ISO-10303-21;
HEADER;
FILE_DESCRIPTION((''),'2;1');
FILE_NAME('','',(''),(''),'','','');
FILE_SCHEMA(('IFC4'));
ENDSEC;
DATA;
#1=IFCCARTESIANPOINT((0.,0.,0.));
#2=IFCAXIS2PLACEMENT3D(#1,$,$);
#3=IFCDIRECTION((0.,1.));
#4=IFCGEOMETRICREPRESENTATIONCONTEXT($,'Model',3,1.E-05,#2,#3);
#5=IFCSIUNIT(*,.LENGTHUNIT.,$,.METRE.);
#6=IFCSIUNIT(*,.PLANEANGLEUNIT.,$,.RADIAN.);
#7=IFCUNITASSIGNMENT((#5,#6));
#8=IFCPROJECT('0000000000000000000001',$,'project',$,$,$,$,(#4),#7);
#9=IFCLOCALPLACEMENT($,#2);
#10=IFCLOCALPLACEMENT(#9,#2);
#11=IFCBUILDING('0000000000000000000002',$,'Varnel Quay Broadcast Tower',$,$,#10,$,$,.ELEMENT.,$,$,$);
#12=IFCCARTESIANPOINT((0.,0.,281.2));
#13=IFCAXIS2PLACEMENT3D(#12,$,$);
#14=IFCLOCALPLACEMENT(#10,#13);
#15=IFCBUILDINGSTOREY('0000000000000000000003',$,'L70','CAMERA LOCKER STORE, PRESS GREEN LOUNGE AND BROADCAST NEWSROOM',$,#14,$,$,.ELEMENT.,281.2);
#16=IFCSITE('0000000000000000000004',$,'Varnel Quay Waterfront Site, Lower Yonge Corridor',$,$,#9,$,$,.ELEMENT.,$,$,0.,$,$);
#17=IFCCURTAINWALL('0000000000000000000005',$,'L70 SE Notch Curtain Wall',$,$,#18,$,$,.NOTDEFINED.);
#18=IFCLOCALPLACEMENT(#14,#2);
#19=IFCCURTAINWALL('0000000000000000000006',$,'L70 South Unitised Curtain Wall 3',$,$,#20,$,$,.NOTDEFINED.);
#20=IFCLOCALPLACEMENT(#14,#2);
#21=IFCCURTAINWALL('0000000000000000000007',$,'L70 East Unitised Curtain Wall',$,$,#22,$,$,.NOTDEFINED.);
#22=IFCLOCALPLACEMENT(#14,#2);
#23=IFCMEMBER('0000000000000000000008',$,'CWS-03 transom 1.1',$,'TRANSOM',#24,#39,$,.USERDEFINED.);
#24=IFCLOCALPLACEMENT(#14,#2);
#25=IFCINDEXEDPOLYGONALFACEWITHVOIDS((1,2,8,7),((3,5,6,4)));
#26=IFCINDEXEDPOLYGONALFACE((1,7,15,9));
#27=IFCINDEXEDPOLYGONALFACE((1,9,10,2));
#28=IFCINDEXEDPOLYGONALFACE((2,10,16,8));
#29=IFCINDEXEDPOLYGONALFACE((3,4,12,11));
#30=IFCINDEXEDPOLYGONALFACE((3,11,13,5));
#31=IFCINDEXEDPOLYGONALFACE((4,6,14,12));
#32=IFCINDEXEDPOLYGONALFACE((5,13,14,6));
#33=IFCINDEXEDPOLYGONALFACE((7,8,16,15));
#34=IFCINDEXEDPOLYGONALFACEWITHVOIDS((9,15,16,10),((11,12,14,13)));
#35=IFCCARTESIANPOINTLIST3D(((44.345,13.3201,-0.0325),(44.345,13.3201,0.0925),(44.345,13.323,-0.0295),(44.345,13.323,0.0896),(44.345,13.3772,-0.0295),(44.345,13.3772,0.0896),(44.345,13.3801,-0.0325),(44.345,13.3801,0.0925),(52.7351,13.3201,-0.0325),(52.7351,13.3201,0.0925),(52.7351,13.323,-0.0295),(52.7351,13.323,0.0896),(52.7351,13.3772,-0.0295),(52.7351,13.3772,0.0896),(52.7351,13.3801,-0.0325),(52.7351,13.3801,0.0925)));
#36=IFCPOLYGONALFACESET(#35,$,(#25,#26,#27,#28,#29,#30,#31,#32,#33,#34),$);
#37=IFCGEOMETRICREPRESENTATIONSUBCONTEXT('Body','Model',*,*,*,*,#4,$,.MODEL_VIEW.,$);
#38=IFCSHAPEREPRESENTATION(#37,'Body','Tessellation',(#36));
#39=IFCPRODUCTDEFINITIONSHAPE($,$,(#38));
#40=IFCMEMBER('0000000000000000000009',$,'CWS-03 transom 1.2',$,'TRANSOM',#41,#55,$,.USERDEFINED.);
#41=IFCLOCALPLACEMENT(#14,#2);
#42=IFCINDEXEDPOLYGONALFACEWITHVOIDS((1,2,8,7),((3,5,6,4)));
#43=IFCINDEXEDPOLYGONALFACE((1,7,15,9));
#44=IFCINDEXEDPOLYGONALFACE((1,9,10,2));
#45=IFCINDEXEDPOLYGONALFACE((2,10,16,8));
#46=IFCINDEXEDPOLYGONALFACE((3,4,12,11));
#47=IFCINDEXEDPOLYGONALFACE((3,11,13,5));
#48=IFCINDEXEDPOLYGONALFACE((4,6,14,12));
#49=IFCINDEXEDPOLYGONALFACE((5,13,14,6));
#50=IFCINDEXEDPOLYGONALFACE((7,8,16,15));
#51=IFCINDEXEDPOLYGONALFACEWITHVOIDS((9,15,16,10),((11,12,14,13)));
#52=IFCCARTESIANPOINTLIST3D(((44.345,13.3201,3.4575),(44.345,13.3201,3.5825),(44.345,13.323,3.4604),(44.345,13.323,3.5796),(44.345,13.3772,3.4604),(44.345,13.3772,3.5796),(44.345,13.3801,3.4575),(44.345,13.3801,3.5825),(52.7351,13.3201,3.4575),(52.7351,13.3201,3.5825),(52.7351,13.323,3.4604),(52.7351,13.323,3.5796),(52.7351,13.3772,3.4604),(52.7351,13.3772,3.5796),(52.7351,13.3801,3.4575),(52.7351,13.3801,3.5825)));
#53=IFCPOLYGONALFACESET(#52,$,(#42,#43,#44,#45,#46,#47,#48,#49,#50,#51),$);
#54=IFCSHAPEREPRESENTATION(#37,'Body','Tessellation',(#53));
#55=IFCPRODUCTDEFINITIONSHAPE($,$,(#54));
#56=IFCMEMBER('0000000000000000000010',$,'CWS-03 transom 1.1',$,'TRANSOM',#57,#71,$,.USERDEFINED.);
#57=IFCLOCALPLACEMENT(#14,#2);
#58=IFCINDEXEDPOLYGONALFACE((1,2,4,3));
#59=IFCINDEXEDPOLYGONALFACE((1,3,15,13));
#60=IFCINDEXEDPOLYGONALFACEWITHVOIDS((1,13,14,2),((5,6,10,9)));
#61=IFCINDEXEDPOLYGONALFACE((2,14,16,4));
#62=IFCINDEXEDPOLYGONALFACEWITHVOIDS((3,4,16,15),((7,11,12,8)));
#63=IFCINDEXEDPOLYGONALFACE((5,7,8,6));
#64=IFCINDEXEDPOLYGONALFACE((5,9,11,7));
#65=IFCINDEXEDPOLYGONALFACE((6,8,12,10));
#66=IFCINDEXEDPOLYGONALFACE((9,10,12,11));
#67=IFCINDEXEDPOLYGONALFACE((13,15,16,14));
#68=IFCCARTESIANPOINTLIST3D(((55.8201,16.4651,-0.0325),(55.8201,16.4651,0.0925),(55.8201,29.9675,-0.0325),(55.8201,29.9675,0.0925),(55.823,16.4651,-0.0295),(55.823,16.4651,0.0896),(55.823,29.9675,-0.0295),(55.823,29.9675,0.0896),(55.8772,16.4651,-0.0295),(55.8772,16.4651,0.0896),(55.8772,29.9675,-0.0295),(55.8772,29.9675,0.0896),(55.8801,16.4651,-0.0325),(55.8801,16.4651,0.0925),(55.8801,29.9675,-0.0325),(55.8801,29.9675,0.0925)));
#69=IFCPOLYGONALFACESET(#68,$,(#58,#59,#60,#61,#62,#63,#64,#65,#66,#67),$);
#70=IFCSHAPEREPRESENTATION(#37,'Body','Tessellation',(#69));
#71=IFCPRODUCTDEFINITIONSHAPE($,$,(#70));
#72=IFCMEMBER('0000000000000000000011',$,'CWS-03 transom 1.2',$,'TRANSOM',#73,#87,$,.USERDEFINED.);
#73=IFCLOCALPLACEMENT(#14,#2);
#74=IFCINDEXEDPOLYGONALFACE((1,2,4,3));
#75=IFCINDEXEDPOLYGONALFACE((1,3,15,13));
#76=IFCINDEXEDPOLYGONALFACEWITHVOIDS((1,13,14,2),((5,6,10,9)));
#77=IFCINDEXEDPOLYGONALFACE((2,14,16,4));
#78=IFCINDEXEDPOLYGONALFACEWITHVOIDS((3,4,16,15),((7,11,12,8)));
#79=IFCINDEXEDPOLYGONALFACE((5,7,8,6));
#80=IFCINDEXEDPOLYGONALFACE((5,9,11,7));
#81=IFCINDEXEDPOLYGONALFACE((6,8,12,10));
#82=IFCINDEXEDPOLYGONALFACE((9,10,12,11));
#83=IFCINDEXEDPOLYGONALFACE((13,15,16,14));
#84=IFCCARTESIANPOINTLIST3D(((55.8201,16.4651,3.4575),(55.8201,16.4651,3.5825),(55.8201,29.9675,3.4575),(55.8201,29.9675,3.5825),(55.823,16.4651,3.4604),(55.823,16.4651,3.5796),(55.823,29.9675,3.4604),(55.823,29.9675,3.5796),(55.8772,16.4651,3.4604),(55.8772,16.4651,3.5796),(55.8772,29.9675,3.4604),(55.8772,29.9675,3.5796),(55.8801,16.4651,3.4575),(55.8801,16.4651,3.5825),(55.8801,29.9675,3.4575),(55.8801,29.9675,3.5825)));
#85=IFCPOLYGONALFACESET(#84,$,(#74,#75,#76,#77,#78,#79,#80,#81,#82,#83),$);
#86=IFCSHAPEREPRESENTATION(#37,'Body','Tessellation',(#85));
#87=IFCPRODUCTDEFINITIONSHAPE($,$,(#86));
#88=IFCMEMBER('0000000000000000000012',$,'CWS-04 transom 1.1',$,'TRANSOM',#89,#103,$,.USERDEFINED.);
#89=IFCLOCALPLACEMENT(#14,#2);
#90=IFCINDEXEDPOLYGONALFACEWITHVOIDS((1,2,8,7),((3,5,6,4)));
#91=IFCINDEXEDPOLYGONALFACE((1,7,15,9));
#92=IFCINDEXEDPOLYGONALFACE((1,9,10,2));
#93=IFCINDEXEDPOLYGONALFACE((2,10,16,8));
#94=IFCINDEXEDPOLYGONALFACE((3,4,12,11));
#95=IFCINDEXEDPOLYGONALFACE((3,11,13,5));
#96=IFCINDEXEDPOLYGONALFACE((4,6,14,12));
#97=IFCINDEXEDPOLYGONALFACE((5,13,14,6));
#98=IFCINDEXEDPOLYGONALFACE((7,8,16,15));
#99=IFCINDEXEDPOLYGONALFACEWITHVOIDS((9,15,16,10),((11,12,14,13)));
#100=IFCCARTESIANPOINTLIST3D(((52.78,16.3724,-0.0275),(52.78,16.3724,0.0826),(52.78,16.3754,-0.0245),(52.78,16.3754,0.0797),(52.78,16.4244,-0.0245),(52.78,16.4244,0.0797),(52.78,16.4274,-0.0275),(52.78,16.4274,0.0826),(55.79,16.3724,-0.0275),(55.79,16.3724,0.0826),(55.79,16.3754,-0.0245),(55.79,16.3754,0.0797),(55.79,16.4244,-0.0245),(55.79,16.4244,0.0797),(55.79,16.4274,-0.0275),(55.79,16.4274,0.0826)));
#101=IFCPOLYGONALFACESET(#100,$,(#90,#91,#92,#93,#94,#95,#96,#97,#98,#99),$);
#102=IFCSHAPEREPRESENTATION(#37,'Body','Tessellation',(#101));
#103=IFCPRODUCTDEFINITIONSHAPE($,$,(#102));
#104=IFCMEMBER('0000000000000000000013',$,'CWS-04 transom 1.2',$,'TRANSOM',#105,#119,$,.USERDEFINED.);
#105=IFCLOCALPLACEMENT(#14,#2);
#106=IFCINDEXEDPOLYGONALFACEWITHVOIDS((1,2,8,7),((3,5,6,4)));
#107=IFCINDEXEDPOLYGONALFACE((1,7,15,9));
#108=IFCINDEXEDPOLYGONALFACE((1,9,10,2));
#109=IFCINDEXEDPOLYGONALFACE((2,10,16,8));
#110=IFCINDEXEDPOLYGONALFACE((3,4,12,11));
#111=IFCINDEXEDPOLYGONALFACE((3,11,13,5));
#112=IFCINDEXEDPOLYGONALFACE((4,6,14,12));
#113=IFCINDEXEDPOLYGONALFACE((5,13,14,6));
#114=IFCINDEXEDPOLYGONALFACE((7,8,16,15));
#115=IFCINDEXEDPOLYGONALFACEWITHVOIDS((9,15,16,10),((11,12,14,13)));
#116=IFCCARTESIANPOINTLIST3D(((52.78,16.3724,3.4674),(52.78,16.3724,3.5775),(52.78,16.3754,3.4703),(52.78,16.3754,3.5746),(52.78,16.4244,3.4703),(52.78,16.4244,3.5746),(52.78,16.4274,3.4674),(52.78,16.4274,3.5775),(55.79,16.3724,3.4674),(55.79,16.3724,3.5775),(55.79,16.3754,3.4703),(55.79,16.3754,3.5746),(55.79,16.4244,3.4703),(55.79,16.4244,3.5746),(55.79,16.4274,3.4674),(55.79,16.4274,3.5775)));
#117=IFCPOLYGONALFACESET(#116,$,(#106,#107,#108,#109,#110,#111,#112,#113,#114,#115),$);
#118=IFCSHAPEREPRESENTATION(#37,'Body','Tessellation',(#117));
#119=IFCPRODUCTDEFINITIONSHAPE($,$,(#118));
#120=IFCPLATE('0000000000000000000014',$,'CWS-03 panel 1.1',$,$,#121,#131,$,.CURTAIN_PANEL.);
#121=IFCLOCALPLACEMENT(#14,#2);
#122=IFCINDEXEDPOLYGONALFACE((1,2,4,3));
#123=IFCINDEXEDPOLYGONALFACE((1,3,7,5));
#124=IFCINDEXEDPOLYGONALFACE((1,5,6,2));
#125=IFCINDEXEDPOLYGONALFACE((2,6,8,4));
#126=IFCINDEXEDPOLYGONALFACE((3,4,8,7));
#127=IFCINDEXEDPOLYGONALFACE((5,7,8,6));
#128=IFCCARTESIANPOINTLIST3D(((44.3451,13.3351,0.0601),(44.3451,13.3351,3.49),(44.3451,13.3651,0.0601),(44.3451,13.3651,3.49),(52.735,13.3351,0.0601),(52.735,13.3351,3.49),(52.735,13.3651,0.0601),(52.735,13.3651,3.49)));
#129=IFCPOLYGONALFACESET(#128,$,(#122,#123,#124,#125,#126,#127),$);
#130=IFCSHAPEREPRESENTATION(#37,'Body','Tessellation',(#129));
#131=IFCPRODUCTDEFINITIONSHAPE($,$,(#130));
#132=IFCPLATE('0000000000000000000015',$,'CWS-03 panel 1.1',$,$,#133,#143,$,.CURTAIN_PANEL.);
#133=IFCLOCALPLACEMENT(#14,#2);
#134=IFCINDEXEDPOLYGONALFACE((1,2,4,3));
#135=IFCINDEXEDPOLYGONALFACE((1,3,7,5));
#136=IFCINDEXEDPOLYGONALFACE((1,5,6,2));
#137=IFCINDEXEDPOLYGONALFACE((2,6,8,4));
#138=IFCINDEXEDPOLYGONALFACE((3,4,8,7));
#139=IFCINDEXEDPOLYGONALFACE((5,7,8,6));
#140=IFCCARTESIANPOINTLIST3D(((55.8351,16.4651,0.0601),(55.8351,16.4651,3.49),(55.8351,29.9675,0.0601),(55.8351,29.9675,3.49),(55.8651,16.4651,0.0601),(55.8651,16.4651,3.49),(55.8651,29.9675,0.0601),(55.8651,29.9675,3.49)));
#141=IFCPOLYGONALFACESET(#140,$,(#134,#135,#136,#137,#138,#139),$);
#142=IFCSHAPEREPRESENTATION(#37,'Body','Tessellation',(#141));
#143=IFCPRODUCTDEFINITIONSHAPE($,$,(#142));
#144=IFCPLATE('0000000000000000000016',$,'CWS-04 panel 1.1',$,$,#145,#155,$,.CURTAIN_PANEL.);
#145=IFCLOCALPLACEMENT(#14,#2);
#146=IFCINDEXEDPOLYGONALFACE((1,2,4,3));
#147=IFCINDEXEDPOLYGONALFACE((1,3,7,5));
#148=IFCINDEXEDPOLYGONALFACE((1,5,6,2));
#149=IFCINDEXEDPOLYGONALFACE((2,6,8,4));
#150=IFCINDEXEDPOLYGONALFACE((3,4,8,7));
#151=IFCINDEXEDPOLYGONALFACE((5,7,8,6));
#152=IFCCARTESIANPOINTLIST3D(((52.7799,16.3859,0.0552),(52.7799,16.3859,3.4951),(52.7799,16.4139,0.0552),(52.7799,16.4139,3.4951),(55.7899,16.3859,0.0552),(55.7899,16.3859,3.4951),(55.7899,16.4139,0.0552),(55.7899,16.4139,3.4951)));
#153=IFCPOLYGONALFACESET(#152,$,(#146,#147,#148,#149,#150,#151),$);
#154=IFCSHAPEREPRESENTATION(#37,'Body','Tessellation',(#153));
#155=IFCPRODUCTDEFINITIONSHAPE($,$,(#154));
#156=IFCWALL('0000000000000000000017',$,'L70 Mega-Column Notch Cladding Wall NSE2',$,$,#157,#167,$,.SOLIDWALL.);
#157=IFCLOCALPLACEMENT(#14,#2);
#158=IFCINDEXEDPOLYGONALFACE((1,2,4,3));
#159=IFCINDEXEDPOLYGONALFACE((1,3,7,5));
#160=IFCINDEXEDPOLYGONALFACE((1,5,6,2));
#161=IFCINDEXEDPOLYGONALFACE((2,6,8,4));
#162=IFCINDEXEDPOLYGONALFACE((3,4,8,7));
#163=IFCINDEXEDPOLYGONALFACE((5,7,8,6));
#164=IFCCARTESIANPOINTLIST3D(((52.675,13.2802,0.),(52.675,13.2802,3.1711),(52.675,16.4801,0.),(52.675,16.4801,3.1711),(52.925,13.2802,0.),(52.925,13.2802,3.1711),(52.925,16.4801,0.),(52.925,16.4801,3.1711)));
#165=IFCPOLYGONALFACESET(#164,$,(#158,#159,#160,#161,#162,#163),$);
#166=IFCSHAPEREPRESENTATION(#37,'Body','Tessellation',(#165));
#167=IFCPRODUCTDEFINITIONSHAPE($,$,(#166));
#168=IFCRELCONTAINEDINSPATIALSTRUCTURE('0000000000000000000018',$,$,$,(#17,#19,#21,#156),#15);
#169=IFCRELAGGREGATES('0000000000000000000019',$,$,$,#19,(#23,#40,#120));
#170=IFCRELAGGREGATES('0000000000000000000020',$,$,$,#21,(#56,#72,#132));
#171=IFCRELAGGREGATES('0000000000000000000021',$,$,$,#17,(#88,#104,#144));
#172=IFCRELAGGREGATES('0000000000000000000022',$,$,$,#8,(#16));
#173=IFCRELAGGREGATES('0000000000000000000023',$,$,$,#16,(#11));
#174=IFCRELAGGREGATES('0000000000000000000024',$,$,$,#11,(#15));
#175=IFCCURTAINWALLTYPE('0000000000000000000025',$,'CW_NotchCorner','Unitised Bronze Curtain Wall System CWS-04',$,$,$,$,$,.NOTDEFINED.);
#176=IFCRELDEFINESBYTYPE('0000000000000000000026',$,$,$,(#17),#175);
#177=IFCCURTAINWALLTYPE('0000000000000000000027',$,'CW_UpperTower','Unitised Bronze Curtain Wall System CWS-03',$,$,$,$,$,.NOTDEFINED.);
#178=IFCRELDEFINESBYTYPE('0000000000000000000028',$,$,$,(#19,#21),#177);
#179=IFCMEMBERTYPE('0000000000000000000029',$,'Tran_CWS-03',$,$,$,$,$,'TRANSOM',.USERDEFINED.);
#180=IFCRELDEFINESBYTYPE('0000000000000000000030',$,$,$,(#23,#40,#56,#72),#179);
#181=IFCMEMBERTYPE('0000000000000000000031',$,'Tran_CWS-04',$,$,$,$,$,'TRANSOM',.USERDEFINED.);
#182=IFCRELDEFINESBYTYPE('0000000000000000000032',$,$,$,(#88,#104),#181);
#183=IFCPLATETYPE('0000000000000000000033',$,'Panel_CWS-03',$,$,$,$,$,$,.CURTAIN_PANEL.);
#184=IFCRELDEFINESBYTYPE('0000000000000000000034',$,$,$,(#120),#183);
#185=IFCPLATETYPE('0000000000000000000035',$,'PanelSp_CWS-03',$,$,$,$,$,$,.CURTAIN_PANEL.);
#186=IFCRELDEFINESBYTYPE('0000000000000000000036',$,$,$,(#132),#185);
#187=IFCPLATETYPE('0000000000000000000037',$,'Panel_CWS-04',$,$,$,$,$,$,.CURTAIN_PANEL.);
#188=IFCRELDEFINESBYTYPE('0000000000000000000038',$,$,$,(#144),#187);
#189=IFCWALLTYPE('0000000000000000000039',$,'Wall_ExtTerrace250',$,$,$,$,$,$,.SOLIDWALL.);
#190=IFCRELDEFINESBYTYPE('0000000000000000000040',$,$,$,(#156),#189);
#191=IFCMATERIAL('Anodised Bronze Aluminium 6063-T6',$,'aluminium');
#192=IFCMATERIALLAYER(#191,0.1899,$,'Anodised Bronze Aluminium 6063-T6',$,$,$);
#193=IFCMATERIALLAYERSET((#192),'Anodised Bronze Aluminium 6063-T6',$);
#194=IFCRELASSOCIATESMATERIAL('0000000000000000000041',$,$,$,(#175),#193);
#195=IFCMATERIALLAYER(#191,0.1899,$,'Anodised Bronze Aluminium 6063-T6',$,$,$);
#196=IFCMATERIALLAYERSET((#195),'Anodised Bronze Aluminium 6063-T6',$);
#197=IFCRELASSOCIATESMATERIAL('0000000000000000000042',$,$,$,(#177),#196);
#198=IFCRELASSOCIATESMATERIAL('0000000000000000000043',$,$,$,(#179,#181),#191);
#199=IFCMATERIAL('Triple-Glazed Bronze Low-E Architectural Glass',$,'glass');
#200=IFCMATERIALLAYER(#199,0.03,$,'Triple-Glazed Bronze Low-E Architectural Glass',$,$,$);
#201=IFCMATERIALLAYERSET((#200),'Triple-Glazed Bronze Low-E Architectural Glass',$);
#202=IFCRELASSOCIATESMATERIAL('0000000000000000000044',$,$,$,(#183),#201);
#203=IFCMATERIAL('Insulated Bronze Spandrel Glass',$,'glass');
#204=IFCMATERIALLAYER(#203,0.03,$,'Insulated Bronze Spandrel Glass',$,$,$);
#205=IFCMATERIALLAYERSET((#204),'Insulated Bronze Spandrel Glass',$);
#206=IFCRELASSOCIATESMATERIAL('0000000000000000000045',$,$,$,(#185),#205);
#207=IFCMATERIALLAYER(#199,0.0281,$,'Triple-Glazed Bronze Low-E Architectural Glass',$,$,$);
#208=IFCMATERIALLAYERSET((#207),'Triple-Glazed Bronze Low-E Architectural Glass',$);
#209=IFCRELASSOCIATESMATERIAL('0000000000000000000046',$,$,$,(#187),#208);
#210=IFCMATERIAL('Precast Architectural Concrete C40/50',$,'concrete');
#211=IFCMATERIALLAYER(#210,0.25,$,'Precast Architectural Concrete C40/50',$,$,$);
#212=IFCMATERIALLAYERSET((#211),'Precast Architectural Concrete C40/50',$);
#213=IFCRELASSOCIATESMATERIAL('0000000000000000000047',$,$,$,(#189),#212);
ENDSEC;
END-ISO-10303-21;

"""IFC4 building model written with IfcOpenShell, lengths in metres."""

from ifc_helpers import new_model, si_unit, direction, frame, frame_2d, origin, origin_2d, place, context, subcontext, project, spatial, rectangle, hollow_rectangle, extrude, source, transform, mapped, material, layer, layer_set, material_profile, profile_set, type_object, type_shapes, element, aggregate, save


model = new_model("IFC4")

# Units and contexts
model_context = context("Model", 3, precision=1e-05, world=origin(), true_north=direction((0.0, 1.0)))
body_context = subcontext(model_context, "Body", "Model", "MODEL_VIEW")
ifc_project = project(units=[si_unit("LENGTHUNIT", "METRE"), si_unit("PLANEANGLEUNIT", "RADIAN")], contexts=[model_context])

# Site, building, storey
site_placement = place(None, origin())
site = spatial("IfcSite", under=ifc_project, at=site_placement, Name="Varnel Quay Waterfront Site, Lower Yonge Corridor", CompositionType="ELEMENT", RefElevation=0.0)
building_placement = place(site_placement, origin())
building = spatial("IfcBuilding", under=site, at=building_placement, Name="Varnel Quay Broadcast Tower", CompositionType="ELEMENT")
storey_placement = place(building_placement, frame((0.0, 0.0, 281.2)))
storey = spatial("IfcBuildingStorey", under=building, at=storey_placement, Name="L70", Description="CAMERA LOCKER STORE, PRESS GREEN LOUNGE AND BROADCAST NEWSROOM", CompositionType="ELEMENT", Elevation=281.2)

# Curtain walls
ifc_material_1 = material(Name="Anodised Bronze Aluminium 6063-T6", Category="aluminium")
ifc_layer_1 = layer(ifc_material_1, 0.1899, Name="Anodised Bronze Aluminium 6063-T6")
ifc_layer_set_1 = layer_set([ifc_layer_1], Name="Anodised Bronze Aluminium 6063-T6")
curtain_wall_type_1 = type_object("IfcCurtainWallType", Name="CW_NotchCorner", Description="Unitised Bronze Curtain Wall System CWS-04", PredefinedType="NOTDEFINED", material=ifc_layer_set_1)
curtain_wall_1_placement = place(storey_placement, origin())
curtain_wall_1 = element("IfcCurtainWall", 1, at=curtain_wall_1_placement, inside=storey, type_object=curtain_wall_type_1, Name="L70 SE Notch Curtain Wall", PredefinedType="NOTDEFINED")
ifc_layer_2 = layer(ifc_material_1, 0.1899, Name="Anodised Bronze Aluminium 6063-T6")
ifc_layer_set_2 = layer_set([ifc_layer_2], Name="Anodised Bronze Aluminium 6063-T6")
curtain_wall_type_2 = type_object("IfcCurtainWallType", Name="CW_UpperTower", Description="Unitised Bronze Curtain Wall System CWS-03", PredefinedType="NOTDEFINED", material=ifc_layer_set_2)
curtain_wall_2_placement = place(storey_placement, origin())
curtain_wall_2 = element("IfcCurtainWall", 2, at=curtain_wall_2_placement, inside=storey, type_object=curtain_wall_type_2, Name="L70 South Unitised Curtain Wall 3", PredefinedType="NOTDEFINED")

# Curtain wall
curtain_wall_3_placement = place(storey_placement, origin())
curtain_wall_3 = element("IfcCurtainWall", 3, at=curtain_wall_3_placement, inside=storey, type_object=curtain_wall_type_2, Name="L70 East Unitised Curtain Wall", PredefinedType="NOTDEFINED")

# Members
ifc_material_profile_1 = material_profile(ifc_material_1, hollow_rectangle(XDim=0.0601, YDim=0.125, WallThickness=0.0029, at=origin_2d()), Name="ALU60X125X3")
ifc_profile_set_1 = profile_set([ifc_material_profile_1], Name="Anodised Bronze Aluminium 6063-T6")
member_type_1 = type_object("IfcMemberType", Name="Tran_CWS-03", ElementType="TRANSOM", PredefinedType="USERDEFINED", material=ifc_profile_set_1)
shared_shape_1 = source(origin(), body_context, "Body", "SweptSolid", [
    extrude(hollow_rectangle(XDim=0.0601, YDim=0.125, WallThickness=0.0029, at=origin_2d()), origin(), (0.0, 0.0, 1.0), 8.3901),
])
member_1_placement = place(storey_placement, frame((44.345, 13.3501, 0.03), z_axis=(1.0, 0.0, 0.0), x_axis=(0.0, 1.0, 0.0)))
member_1 = element("IfcMember", 4, at=member_1_placement, type_object=member_type_1, Name="CWS-03 transom 1.1", ObjectType="TRANSOM", PredefinedType="USERDEFINED", context=body_context, shape_type="MappedRepresentation", body=[
    mapped(shared_shape_1, transform((0.0, 0.0, 0.0), x_axis=(1.0, 0.0, 0.0), y_axis=(0.0, 1.0, 0.0), z_axis=(0.0, 0.0, 1.0), scale=1.0)),
])
member_2_placement = place(storey_placement, frame((44.345, 13.3501, 3.52), z_axis=(1.0, 0.0, 0.0), x_axis=(0.0, 1.0, 0.0)))
member_2 = element("IfcMember", 5, at=member_2_placement, type_object=member_type_1, Name="CWS-03 transom 1.2", ObjectType="TRANSOM", PredefinedType="USERDEFINED", context=body_context, shape_type="MappedRepresentation", body=[
    mapped(shared_shape_1, transform((0.0, 0.0, 0.0), x_axis=(1.0, 0.0, 0.0), y_axis=(0.0, 1.0, 0.0), z_axis=(0.0, 0.0, 1.0), scale=1.0)),
])
shared_shape_2 = source(origin(), body_context, "Body", "SweptSolid", [
    extrude(hollow_rectangle(XDim=0.0601, YDim=0.125, WallThickness=0.0029, at=origin_2d()), origin(), (0.0, 0.0, 1.0), 13.5024),
])
type_shapes(member_type_1, [shared_shape_1, shared_shape_2])
member_3_placement = place(storey_placement, frame((55.8501, 16.4651, 0.03), z_axis=(0.0, 1.0, 0.0), x_axis=(-1.0, 0.0, 0.0)))
member_3 = element("IfcMember", 6, at=member_3_placement, type_object=member_type_1, Name="CWS-03 transom 1.1", ObjectType="TRANSOM", PredefinedType="USERDEFINED", context=body_context, shape_type="MappedRepresentation", body=[
    mapped(shared_shape_2, transform((0.0, 0.0, 0.0), x_axis=(1.0, 0.0, 0.0), y_axis=(0.0, 1.0, 0.0), z_axis=(0.0, 0.0, 1.0), scale=1.0)),
])
member_4_placement = place(storey_placement, frame((55.8501, 16.4651, 3.52), z_axis=(0.0, 1.0, 0.0), x_axis=(-1.0, 0.0, 0.0)))
member_4 = element("IfcMember", 7, at=member_4_placement, type_object=member_type_1, Name="CWS-03 transom 1.2", ObjectType="TRANSOM", PredefinedType="USERDEFINED", context=body_context, shape_type="MappedRepresentation", body=[
    mapped(shared_shape_2, transform((0.0, 0.0, 0.0), x_axis=(1.0, 0.0, 0.0), y_axis=(0.0, 1.0, 0.0), z_axis=(0.0, 0.0, 1.0), scale=1.0)),
])
ifc_material_profile_2 = material_profile(ifc_material_1, hollow_rectangle(XDim=0.0549, YDim=0.1101, WallThickness=0.0029, at=origin_2d()), Name="ALU55X110X3")
ifc_profile_set_2 = profile_set([ifc_material_profile_2], Name="Anodised Bronze Aluminium 6063-T6")
member_type_2 = type_object("IfcMemberType", Name="Tran_CWS-04", ElementType="TRANSOM", PredefinedType="USERDEFINED", material=ifc_profile_set_2)
shared_shape_3 = source(origin(), body_context, "Body", "SweptSolid", [
    extrude(hollow_rectangle(XDim=0.0549, YDim=0.1101, WallThickness=0.0029, at=origin_2d()), origin(), (0.0, 0.0, 1.0), 3.01),
])
type_shapes(member_type_2, [shared_shape_3])
member_5_placement = place(storey_placement, frame((52.78, 16.3999, 0.0276), z_axis=(1.0, 0.0, 0.0), x_axis=(0.0, 1.0, 0.0)))
member_5 = element("IfcMember", 8, at=member_5_placement, type_object=member_type_2, Name="CWS-04 transom 1.1", ObjectType="TRANSOM", PredefinedType="USERDEFINED", context=body_context, shape_type="MappedRepresentation", body=[
    mapped(shared_shape_3, transform((0.0, 0.0, 0.0), x_axis=(1.0, 0.0, 0.0), y_axis=(0.0, 1.0, 0.0), z_axis=(0.0, 0.0, 1.0), scale=1.0)),
])
member_6_placement = place(storey_placement, frame((52.78, 16.3999, 3.5225), z_axis=(1.0, 0.0, 0.0), x_axis=(0.0, 1.0, 0.0)))
member_6 = element("IfcMember", 9, at=member_6_placement, type_object=member_type_2, Name="CWS-04 transom 1.2", ObjectType="TRANSOM", PredefinedType="USERDEFINED", context=body_context, shape_type="MappedRepresentation", body=[
    mapped(shared_shape_3, transform((0.0, 0.0, 0.0), x_axis=(1.0, 0.0, 0.0), y_axis=(0.0, 1.0, 0.0), z_axis=(0.0, 0.0, 1.0), scale=1.0)),
])

# Plates
ifc_material_2 = material(Name="Triple-Glazed Bronze Low-E Architectural Glass", Category="glass")
ifc_layer_3 = layer(ifc_material_2, 0.03, Name="Triple-Glazed Bronze Low-E Architectural Glass")
ifc_layer_set_3 = layer_set([ifc_layer_3], Name="Triple-Glazed Bronze Low-E Architectural Glass")
plate_type_1 = type_object("IfcPlateType", Name="Panel_CWS-03", PredefinedType="CURTAIN_PANEL", material=ifc_layer_set_3)
shared_shape_4 = source(origin(), body_context, "Body", "SweptSolid", [
    extrude(rectangle(XDim=8.3899, YDim=0.03, at=origin_2d()), origin(), (0.0, 0.0, 1.0), 3.4299),
])
type_shapes(plate_type_1, [shared_shape_4])
plate_1_placement = place(storey_placement, frame((48.54, 13.3501, 0.0601), z_axis=(0.0, 0.0, 1.0), x_axis=(1.0, 0.0, 0.0)))
plate_1 = element("IfcPlate", 10, at=plate_1_placement, type_object=plate_type_1, Name="CWS-03 panel 1.1", PredefinedType="CURTAIN_PANEL", context=body_context, shape_type="MappedRepresentation", body=[
    mapped(shared_shape_4, transform((0.0, 0.0, 0.0), x_axis=(1.0, 0.0, 0.0), y_axis=(0.0, 1.0, 0.0), z_axis=(0.0, 0.0, 1.0), scale=1.0)),
])
aggregate(curtain_wall_2, [member_1, member_2, plate_1])
ifc_material_3 = material(Name="Insulated Bronze Spandrel Glass", Category="glass")
ifc_layer_4 = layer(ifc_material_3, 0.03, Name="Insulated Bronze Spandrel Glass")
ifc_layer_set_4 = layer_set([ifc_layer_4], Name="Insulated Bronze Spandrel Glass")
plate_type_2 = type_object("IfcPlateType", Name="PanelSp_CWS-03", PredefinedType="CURTAIN_PANEL", material=ifc_layer_set_4)
shared_shape_5 = source(origin(), body_context, "Body", "SweptSolid", [
    extrude(rectangle(XDim=13.5024, YDim=0.03, at=origin_2d()), origin(), (0.0, 0.0, 1.0), 3.4299),
])
type_shapes(plate_type_2, [shared_shape_5])
plate_2_placement = place(storey_placement, frame((55.8501, 23.2163, 0.0601), z_axis=(0.0, 0.0, 1.0), x_axis=(0.0, 1.0, 0.0)))
plate_2 = element("IfcPlate", 11, at=plate_2_placement, type_object=plate_type_2, Name="CWS-03 panel 1.1", PredefinedType="CURTAIN_PANEL", context=body_context, shape_type="MappedRepresentation", body=[
    mapped(shared_shape_5, transform((0.0, 0.0, 0.0), x_axis=(1.0, 0.0, 0.0), y_axis=(0.0, 1.0, 0.0), z_axis=(0.0, 0.0, 1.0), scale=1.0)),
])
aggregate(curtain_wall_3, [member_3, member_4, plate_2])
ifc_layer_5 = layer(ifc_material_2, 0.0281, Name="Triple-Glazed Bronze Low-E Architectural Glass")
ifc_layer_set_5 = layer_set([ifc_layer_5], Name="Triple-Glazed Bronze Low-E Architectural Glass")
plate_type_3 = type_object("IfcPlateType", Name="Panel_CWS-04", PredefinedType="CURTAIN_PANEL", material=ifc_layer_set_5)
shared_shape_6 = source(origin(), body_context, "Body", "SweptSolid", [
    extrude(rectangle(XDim=3.01, YDim=0.0281, at=origin_2d()), origin(), (0.0, 0.0, 1.0), 3.4399),
])
type_shapes(plate_type_3, [shared_shape_6])
plate_3_placement = place(storey_placement, frame((54.2849, 16.3999, 0.0552), z_axis=(0.0, 0.0, 1.0), x_axis=(1.0, 0.0, 0.0)))
plate_3 = element("IfcPlate", 12, at=plate_3_placement, type_object=plate_type_3, Name="CWS-04 panel 1.1", PredefinedType="CURTAIN_PANEL", context=body_context, shape_type="MappedRepresentation", body=[
    mapped(shared_shape_6, transform((0.0, 0.0, 0.0), x_axis=(1.0, 0.0, 0.0), y_axis=(0.0, 1.0, 0.0), z_axis=(0.0, 0.0, 1.0), scale=1.0)),
])
aggregate(curtain_wall_1, [member_5, member_6, plate_3])

# Wall
ifc_material_4 = material(Name="Precast Architectural Concrete C40/50", Category="concrete")
ifc_layer_6 = layer(ifc_material_4, 0.25, Name="Precast Architectural Concrete C40/50")
ifc_layer_set_6 = layer_set([ifc_layer_6], Name="Precast Architectural Concrete C40/50")
wall_type = type_object("IfcWallType", Name="Wall_ExtTerrace250", PredefinedType="SOLIDWALL", material=ifc_layer_set_6)
wall_placement = place(storey_placement, frame((52.8, 13.28, 0.0), z_axis=(0.0, 0.0, 1.0), x_axis=(0.0, 1.0, 0.0)))
element("IfcWall", 13, at=wall_placement, inside=storey, type_object=wall_type, Name="L70 Mega-Column Notch Cladding Wall NSE2", PredefinedType="SOLIDWALL", context=body_context, shape_type="SweptSolid", body=[
    extrude(rectangle(XDim=3.2, YDim=0.25, at=frame_2d((1.6001, 0.0))), origin(), (0.0, 0.0, 1.0), 3.1711),
])

save(model, "model.ifc")
